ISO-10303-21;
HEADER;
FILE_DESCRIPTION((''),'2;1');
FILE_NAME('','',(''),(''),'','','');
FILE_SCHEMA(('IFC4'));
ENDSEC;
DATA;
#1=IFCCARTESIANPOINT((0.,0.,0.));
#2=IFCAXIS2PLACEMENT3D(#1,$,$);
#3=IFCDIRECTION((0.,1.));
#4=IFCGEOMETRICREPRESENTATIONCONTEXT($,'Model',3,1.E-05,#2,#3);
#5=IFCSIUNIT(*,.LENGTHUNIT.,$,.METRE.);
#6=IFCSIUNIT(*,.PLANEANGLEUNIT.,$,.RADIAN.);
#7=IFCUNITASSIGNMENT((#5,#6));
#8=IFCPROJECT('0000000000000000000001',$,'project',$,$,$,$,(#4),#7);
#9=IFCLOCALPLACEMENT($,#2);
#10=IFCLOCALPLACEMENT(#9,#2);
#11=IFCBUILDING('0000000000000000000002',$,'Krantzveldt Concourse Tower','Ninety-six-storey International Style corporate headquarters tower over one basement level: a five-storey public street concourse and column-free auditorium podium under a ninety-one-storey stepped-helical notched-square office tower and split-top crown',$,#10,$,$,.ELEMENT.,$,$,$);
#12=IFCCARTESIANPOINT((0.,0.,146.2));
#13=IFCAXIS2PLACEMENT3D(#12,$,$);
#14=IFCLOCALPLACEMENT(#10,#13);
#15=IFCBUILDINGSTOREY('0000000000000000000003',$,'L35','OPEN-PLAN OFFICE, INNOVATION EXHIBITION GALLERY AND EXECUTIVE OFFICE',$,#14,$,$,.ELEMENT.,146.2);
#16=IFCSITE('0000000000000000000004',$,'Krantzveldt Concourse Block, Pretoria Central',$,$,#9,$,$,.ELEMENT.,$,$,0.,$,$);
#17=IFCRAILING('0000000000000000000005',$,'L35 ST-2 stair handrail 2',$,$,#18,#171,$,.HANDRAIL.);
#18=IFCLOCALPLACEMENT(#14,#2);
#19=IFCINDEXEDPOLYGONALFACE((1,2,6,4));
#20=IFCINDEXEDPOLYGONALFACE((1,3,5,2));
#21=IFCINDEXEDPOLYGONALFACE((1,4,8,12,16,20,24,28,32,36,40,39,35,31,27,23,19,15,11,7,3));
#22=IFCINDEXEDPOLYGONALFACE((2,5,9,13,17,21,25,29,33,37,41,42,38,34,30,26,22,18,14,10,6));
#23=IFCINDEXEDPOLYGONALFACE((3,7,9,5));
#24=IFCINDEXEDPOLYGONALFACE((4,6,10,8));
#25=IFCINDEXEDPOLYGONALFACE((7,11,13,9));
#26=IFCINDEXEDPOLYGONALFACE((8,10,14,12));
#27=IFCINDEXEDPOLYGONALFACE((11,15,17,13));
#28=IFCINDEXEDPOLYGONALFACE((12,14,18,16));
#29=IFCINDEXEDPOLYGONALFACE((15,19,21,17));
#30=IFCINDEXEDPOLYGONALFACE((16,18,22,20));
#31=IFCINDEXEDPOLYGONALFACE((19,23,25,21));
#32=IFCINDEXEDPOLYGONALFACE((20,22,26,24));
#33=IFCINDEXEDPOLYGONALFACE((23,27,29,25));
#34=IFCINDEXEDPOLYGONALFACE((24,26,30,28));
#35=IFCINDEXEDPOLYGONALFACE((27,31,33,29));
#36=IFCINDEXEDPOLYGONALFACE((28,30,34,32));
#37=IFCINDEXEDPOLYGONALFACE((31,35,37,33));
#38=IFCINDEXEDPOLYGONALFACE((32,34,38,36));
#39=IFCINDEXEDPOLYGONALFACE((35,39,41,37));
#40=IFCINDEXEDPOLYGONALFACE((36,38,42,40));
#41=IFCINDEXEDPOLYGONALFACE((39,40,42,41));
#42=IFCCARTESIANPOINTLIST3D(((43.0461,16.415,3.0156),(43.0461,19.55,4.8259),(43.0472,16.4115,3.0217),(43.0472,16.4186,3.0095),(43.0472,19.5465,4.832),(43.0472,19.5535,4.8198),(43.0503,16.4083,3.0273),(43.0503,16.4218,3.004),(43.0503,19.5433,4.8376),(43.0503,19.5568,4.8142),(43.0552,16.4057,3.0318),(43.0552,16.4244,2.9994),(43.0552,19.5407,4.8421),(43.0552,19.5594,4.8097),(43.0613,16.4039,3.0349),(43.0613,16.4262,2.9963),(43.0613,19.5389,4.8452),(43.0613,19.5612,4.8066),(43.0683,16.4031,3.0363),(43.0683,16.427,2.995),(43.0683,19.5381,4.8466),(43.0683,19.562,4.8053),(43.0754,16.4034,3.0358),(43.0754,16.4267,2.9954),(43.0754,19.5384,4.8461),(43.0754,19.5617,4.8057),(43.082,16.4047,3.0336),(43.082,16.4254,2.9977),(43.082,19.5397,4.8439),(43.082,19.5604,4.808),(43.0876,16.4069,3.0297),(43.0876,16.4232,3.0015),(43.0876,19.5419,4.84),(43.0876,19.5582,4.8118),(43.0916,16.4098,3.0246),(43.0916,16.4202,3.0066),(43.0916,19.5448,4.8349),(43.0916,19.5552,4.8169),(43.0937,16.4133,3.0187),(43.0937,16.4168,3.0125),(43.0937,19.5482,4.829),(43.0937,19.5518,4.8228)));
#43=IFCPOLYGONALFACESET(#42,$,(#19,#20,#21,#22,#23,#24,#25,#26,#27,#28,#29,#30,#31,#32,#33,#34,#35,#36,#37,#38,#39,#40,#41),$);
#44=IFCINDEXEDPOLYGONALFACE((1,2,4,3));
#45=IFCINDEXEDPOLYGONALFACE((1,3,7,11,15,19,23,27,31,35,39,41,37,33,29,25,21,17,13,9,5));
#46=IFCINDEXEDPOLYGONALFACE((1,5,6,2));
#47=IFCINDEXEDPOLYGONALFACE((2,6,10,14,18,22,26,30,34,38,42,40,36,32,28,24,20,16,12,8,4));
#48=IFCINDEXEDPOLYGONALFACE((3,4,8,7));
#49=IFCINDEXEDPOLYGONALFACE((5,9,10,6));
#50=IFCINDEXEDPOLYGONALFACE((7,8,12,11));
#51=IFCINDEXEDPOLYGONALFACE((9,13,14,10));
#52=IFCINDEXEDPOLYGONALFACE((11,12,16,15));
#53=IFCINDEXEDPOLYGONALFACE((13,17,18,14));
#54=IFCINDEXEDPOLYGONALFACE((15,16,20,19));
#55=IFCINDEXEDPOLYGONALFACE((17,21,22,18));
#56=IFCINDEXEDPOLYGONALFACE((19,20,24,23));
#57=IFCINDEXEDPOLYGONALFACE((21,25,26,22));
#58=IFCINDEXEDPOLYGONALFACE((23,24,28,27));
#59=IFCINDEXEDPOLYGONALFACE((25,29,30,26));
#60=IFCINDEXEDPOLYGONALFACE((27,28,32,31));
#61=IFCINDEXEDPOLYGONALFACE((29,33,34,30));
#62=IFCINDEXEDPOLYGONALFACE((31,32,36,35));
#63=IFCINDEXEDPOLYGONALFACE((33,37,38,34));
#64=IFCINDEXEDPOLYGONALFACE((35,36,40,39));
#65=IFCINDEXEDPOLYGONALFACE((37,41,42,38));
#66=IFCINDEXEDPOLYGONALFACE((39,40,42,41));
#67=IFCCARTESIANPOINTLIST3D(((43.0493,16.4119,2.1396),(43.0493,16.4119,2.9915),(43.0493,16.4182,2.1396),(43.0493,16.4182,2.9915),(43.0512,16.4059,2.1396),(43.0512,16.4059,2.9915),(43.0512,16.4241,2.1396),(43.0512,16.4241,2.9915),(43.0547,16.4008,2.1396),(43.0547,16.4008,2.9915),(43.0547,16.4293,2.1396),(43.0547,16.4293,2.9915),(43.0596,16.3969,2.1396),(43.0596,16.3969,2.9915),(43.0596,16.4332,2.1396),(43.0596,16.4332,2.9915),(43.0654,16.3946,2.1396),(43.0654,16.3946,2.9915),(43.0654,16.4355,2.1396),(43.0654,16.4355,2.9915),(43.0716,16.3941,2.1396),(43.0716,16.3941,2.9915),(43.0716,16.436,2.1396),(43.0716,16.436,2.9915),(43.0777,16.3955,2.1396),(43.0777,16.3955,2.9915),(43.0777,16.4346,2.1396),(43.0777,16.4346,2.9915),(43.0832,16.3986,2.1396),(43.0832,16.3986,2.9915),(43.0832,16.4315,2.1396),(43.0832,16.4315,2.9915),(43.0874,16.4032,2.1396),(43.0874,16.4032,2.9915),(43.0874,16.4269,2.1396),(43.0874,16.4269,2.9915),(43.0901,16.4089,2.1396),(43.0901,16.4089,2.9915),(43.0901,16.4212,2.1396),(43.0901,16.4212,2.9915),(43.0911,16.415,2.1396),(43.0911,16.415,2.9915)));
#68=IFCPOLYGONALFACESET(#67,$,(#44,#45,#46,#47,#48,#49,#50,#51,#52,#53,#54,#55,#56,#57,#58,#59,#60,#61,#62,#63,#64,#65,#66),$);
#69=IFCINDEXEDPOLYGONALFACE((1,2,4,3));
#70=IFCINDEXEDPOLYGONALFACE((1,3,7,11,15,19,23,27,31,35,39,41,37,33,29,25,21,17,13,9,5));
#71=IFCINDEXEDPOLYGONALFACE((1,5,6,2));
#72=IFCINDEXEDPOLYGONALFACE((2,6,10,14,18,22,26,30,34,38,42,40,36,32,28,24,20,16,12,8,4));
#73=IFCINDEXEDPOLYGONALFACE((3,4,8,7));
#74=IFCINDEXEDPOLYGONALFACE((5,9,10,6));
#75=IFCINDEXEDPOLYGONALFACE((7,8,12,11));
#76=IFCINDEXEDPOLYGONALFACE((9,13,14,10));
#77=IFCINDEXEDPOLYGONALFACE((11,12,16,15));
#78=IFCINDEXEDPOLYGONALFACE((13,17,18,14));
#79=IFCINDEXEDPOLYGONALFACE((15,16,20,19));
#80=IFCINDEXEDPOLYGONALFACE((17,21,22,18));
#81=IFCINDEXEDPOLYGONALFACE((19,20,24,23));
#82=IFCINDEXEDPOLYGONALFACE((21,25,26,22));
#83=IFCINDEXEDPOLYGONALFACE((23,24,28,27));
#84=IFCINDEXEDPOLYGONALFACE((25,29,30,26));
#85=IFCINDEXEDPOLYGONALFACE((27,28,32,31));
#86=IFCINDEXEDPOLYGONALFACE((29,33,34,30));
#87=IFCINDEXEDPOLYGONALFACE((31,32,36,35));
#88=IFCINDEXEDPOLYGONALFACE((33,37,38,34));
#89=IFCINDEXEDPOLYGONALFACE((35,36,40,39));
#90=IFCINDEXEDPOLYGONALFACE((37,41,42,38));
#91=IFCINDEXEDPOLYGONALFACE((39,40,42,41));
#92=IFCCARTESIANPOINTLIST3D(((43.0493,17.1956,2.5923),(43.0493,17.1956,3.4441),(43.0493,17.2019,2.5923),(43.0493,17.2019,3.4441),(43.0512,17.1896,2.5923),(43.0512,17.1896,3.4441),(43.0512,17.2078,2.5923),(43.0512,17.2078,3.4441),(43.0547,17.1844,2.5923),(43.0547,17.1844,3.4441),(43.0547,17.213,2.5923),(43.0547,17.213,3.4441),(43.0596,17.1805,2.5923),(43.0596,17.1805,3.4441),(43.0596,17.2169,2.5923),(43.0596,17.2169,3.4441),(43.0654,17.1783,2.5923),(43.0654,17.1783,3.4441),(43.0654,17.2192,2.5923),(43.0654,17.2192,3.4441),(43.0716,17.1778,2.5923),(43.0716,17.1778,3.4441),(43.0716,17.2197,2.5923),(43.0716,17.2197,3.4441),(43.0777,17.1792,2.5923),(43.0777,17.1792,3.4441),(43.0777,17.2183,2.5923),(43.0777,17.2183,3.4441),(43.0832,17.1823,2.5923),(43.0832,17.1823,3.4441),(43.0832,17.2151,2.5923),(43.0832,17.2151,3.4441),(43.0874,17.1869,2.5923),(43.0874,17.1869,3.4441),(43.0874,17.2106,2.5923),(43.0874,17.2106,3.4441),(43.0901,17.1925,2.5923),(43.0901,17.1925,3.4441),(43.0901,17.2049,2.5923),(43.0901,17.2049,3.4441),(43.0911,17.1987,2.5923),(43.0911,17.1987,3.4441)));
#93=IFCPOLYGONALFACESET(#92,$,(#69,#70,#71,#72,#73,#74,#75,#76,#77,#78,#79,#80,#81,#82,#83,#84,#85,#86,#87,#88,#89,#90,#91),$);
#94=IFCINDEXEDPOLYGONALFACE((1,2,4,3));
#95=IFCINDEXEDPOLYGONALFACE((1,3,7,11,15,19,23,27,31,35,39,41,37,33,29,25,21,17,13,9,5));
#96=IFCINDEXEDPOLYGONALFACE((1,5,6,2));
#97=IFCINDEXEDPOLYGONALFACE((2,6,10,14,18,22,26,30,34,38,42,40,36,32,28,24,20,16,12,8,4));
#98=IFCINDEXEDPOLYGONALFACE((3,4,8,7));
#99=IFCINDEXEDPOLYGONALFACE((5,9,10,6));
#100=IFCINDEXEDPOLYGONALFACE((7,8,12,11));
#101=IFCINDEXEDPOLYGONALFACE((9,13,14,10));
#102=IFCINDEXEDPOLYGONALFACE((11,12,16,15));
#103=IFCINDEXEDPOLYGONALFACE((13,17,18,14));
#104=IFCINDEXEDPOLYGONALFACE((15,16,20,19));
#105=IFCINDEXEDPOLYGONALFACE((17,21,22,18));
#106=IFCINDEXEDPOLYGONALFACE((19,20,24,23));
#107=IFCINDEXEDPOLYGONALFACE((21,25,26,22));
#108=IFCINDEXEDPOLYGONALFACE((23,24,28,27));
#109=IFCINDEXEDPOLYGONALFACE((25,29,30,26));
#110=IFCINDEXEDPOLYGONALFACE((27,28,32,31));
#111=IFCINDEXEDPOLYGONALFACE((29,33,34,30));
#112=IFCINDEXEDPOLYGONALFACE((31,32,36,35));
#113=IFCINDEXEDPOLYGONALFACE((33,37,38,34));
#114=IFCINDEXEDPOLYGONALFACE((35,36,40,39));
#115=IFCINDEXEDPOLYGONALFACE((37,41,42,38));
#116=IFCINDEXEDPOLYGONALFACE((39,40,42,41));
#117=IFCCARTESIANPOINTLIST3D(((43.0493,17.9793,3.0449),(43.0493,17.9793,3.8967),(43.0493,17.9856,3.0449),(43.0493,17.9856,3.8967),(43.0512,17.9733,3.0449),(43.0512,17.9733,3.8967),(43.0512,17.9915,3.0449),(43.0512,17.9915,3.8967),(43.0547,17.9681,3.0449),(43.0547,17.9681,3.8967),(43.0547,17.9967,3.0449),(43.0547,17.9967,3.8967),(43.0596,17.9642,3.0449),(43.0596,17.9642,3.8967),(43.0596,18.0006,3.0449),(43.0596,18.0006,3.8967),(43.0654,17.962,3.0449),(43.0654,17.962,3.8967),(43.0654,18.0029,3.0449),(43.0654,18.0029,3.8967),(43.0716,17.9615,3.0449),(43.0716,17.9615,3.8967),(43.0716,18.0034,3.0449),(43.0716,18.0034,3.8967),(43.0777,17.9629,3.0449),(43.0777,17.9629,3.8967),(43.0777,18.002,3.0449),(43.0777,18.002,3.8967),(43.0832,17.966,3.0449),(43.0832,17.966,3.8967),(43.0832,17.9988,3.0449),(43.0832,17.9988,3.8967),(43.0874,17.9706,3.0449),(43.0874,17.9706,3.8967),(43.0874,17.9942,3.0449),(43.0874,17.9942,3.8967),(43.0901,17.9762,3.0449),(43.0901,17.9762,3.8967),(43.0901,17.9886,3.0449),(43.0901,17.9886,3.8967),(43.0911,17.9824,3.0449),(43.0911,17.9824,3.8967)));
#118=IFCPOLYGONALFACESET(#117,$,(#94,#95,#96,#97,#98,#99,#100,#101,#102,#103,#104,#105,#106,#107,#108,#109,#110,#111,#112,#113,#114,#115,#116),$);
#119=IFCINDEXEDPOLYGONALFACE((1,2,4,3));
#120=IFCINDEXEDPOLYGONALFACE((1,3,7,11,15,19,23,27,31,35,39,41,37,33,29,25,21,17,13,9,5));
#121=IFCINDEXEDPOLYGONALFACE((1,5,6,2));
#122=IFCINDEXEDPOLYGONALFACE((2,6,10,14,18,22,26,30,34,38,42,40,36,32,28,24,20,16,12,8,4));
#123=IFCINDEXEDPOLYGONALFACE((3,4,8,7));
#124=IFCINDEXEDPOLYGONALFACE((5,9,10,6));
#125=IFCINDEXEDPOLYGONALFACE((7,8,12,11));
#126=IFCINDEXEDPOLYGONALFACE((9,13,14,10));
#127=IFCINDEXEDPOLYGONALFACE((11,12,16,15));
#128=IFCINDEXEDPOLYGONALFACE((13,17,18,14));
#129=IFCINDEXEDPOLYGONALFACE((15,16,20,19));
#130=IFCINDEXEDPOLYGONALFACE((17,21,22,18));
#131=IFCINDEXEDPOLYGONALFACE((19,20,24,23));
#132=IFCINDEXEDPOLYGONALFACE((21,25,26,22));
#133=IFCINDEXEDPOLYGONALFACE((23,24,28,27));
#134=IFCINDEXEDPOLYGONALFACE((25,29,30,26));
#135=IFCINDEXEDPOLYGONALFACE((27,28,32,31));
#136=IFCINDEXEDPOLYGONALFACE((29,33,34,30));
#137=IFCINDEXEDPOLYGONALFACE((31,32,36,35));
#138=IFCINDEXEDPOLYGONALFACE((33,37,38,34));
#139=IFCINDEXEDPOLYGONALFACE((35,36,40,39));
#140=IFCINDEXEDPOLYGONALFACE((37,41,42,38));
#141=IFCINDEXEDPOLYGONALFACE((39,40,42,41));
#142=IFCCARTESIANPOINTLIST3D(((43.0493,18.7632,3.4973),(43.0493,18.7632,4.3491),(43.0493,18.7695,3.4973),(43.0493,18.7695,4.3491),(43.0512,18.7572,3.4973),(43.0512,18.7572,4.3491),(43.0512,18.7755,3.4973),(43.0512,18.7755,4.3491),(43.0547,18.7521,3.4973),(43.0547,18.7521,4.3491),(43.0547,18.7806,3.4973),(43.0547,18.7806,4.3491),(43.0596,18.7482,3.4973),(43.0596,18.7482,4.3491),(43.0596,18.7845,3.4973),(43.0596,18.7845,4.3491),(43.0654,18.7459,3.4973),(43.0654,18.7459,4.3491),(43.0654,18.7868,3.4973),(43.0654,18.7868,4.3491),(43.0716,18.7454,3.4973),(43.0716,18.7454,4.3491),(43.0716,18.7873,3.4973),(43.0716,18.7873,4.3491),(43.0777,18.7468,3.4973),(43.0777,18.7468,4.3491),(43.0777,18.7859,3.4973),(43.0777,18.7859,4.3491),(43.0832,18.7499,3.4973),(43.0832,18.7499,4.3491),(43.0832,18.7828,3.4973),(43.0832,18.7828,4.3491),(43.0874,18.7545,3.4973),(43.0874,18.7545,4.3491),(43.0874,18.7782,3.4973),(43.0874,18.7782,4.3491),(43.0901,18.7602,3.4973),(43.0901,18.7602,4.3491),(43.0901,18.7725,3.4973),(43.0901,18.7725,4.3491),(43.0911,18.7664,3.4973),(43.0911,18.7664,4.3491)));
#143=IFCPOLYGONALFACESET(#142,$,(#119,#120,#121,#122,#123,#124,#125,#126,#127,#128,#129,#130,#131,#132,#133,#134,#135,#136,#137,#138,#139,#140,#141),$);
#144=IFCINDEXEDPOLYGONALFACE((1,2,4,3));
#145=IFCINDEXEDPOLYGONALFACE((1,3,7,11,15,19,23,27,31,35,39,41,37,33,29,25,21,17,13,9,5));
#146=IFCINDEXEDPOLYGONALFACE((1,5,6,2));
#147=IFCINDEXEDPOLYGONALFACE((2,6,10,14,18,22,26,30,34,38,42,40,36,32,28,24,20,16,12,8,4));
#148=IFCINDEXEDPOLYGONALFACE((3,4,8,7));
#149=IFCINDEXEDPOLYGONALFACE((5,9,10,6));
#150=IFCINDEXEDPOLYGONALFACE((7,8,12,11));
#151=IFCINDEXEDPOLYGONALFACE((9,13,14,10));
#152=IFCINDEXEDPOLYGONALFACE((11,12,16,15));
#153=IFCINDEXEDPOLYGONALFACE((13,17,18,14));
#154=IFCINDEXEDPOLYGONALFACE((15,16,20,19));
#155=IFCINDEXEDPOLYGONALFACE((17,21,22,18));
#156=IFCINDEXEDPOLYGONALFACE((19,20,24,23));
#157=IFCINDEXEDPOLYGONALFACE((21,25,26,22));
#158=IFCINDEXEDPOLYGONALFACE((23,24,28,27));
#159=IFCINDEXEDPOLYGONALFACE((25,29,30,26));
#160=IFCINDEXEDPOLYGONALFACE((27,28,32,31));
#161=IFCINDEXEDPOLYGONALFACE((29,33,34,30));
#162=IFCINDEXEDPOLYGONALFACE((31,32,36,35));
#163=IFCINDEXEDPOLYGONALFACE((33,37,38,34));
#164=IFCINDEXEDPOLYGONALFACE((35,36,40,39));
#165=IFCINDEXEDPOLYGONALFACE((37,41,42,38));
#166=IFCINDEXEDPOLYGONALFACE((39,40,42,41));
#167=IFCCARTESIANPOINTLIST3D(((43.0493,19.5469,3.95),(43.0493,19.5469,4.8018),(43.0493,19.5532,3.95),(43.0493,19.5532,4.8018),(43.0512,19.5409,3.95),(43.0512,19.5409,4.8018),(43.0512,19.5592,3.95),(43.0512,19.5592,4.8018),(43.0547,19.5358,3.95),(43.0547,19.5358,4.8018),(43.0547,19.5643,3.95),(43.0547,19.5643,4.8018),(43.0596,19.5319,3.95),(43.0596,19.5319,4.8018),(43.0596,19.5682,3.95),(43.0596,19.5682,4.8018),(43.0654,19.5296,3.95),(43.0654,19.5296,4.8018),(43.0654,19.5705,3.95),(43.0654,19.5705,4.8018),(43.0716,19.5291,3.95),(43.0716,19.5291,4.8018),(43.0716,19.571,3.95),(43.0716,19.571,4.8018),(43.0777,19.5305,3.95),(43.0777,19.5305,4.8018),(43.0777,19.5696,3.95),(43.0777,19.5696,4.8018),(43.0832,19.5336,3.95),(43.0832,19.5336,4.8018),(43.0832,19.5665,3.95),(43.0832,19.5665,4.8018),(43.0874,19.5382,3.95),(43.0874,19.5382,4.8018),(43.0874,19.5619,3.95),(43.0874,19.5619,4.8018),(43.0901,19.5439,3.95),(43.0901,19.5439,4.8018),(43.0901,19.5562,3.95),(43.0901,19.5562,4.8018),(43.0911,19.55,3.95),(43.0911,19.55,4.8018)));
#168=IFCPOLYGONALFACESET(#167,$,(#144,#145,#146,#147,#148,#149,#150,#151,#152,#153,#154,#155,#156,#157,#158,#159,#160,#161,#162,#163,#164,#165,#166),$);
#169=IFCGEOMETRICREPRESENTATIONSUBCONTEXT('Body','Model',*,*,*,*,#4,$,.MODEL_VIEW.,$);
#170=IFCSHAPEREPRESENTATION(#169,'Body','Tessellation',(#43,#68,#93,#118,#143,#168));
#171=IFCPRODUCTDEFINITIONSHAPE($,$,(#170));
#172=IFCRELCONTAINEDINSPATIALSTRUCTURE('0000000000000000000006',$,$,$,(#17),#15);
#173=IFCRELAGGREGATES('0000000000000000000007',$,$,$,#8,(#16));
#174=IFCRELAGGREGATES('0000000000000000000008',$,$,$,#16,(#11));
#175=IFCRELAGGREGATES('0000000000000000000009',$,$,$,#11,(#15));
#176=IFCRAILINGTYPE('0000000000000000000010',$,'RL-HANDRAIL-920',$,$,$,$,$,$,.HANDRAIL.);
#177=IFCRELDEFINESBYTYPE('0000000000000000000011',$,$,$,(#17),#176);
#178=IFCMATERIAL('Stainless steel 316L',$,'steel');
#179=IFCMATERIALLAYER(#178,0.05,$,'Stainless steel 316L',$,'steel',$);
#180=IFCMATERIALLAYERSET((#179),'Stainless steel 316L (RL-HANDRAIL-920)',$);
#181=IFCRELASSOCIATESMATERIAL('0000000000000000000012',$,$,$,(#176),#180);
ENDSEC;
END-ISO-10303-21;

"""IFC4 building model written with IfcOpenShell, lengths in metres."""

from ifc_helpers import new_model, si_unit, direction, frame, origin, origin_2d, place, context, subcontext, project, spatial, circle, extrude, material, layer, layer_set, type_object, element, save


model = new_model("IFC4")

# Units and contexts
model_context = context("Model", 3, precision=1e-05, world=origin(), true_north=direction((0.0, 1.0)))
body_context = subcontext(model_context, "Body", "Model", "MODEL_VIEW")
ifc_project = project(units=[si_unit("LENGTHUNIT", "METRE"), si_unit("PLANEANGLEUNIT", "RADIAN")], contexts=[model_context])

# Site, building, storey
site_placement = place(None, origin())
site = spatial("IfcSite", under=ifc_project, at=site_placement, Name="Krantzveldt Concourse Block, Pretoria Central", CompositionType="ELEMENT", RefElevation=0.0)
building_placement = place(site_placement, origin())
building = spatial("IfcBuilding", under=site, at=building_placement, Name="Krantzveldt Concourse Tower", Description="Ninety-six-storey International Style corporate headquarters tower over one basement level: a five-storey public street concourse and column-free auditorium podium under a ninety-one-storey stepped-helical notched-square office tower and split-top crown", CompositionType="ELEMENT")
storey_placement = place(building_placement, frame((0.0, 0.0, 146.2)))
storey = spatial("IfcBuildingStorey", under=building, at=storey_placement, Name="L35", Description="OPEN-PLAN OFFICE, INNOVATION EXHIBITION GALLERY AND EXECUTIVE OFFICE", CompositionType="ELEMENT", Elevation=146.2)

# Railing
ifc_material_1 = material(Name="Stainless steel 316L", Category="steel")
ifc_layer_1 = layer(ifc_material_1, 0.05, Name="Stainless steel 316L", Category="steel")
ifc_layer_set_1 = layer_set([ifc_layer_1], Name="Stainless steel 316L (RL-HANDRAIL-920)")
railing_type = type_object("IfcRailingType", Name="RL-HANDRAIL-920", PredefinedType="HANDRAIL", material=ifc_layer_set_1)
railing_placement = place(storey_placement, frame((43.0701, 16.415, 2.1396)))
element("IfcRailing", 1, at=railing_placement, inside=storey, type_object=railing_type, Name="L35 ST-2 stair handrail 2", PredefinedType="HANDRAIL", context=body_context, shape_type="SweptSolid", body=[
    extrude(circle(Radius=0.0239, at=origin_2d()), frame((0.0, 0.0, 0.876), z_axis=(0.0, 0.865989, 0.500063), x_axis=(-1.0, 0.0, 0.0)), (0.0, 0.0, 1.0), 3.6201),
    extrude(circle(Radius=0.021, at=origin_2d()), origin(), (0.0, 0.0, 1.0), 0.8518),
    extrude(circle(Radius=0.021, at=origin_2d()), frame((0.0, 0.7837, 0.4526)), (0.0, 0.0, 1.0), 0.8518),
    extrude(circle(Radius=0.021, at=origin_2d()), frame((0.0, 1.5674, 0.9053)), (0.0, 0.0, 1.0), 0.8518),
    extrude(circle(Radius=0.021, at=origin_2d()), frame((0.0, 2.3513, 1.3577)), (0.0, 0.0, 1.0), 0.8518),
    extrude(circle(Radius=0.021, at=origin_2d()), frame((0.0, 3.135, 1.8103)), (0.0, 0.0, 1.0), 0.8518),
])

save(model, "model.ifc")
